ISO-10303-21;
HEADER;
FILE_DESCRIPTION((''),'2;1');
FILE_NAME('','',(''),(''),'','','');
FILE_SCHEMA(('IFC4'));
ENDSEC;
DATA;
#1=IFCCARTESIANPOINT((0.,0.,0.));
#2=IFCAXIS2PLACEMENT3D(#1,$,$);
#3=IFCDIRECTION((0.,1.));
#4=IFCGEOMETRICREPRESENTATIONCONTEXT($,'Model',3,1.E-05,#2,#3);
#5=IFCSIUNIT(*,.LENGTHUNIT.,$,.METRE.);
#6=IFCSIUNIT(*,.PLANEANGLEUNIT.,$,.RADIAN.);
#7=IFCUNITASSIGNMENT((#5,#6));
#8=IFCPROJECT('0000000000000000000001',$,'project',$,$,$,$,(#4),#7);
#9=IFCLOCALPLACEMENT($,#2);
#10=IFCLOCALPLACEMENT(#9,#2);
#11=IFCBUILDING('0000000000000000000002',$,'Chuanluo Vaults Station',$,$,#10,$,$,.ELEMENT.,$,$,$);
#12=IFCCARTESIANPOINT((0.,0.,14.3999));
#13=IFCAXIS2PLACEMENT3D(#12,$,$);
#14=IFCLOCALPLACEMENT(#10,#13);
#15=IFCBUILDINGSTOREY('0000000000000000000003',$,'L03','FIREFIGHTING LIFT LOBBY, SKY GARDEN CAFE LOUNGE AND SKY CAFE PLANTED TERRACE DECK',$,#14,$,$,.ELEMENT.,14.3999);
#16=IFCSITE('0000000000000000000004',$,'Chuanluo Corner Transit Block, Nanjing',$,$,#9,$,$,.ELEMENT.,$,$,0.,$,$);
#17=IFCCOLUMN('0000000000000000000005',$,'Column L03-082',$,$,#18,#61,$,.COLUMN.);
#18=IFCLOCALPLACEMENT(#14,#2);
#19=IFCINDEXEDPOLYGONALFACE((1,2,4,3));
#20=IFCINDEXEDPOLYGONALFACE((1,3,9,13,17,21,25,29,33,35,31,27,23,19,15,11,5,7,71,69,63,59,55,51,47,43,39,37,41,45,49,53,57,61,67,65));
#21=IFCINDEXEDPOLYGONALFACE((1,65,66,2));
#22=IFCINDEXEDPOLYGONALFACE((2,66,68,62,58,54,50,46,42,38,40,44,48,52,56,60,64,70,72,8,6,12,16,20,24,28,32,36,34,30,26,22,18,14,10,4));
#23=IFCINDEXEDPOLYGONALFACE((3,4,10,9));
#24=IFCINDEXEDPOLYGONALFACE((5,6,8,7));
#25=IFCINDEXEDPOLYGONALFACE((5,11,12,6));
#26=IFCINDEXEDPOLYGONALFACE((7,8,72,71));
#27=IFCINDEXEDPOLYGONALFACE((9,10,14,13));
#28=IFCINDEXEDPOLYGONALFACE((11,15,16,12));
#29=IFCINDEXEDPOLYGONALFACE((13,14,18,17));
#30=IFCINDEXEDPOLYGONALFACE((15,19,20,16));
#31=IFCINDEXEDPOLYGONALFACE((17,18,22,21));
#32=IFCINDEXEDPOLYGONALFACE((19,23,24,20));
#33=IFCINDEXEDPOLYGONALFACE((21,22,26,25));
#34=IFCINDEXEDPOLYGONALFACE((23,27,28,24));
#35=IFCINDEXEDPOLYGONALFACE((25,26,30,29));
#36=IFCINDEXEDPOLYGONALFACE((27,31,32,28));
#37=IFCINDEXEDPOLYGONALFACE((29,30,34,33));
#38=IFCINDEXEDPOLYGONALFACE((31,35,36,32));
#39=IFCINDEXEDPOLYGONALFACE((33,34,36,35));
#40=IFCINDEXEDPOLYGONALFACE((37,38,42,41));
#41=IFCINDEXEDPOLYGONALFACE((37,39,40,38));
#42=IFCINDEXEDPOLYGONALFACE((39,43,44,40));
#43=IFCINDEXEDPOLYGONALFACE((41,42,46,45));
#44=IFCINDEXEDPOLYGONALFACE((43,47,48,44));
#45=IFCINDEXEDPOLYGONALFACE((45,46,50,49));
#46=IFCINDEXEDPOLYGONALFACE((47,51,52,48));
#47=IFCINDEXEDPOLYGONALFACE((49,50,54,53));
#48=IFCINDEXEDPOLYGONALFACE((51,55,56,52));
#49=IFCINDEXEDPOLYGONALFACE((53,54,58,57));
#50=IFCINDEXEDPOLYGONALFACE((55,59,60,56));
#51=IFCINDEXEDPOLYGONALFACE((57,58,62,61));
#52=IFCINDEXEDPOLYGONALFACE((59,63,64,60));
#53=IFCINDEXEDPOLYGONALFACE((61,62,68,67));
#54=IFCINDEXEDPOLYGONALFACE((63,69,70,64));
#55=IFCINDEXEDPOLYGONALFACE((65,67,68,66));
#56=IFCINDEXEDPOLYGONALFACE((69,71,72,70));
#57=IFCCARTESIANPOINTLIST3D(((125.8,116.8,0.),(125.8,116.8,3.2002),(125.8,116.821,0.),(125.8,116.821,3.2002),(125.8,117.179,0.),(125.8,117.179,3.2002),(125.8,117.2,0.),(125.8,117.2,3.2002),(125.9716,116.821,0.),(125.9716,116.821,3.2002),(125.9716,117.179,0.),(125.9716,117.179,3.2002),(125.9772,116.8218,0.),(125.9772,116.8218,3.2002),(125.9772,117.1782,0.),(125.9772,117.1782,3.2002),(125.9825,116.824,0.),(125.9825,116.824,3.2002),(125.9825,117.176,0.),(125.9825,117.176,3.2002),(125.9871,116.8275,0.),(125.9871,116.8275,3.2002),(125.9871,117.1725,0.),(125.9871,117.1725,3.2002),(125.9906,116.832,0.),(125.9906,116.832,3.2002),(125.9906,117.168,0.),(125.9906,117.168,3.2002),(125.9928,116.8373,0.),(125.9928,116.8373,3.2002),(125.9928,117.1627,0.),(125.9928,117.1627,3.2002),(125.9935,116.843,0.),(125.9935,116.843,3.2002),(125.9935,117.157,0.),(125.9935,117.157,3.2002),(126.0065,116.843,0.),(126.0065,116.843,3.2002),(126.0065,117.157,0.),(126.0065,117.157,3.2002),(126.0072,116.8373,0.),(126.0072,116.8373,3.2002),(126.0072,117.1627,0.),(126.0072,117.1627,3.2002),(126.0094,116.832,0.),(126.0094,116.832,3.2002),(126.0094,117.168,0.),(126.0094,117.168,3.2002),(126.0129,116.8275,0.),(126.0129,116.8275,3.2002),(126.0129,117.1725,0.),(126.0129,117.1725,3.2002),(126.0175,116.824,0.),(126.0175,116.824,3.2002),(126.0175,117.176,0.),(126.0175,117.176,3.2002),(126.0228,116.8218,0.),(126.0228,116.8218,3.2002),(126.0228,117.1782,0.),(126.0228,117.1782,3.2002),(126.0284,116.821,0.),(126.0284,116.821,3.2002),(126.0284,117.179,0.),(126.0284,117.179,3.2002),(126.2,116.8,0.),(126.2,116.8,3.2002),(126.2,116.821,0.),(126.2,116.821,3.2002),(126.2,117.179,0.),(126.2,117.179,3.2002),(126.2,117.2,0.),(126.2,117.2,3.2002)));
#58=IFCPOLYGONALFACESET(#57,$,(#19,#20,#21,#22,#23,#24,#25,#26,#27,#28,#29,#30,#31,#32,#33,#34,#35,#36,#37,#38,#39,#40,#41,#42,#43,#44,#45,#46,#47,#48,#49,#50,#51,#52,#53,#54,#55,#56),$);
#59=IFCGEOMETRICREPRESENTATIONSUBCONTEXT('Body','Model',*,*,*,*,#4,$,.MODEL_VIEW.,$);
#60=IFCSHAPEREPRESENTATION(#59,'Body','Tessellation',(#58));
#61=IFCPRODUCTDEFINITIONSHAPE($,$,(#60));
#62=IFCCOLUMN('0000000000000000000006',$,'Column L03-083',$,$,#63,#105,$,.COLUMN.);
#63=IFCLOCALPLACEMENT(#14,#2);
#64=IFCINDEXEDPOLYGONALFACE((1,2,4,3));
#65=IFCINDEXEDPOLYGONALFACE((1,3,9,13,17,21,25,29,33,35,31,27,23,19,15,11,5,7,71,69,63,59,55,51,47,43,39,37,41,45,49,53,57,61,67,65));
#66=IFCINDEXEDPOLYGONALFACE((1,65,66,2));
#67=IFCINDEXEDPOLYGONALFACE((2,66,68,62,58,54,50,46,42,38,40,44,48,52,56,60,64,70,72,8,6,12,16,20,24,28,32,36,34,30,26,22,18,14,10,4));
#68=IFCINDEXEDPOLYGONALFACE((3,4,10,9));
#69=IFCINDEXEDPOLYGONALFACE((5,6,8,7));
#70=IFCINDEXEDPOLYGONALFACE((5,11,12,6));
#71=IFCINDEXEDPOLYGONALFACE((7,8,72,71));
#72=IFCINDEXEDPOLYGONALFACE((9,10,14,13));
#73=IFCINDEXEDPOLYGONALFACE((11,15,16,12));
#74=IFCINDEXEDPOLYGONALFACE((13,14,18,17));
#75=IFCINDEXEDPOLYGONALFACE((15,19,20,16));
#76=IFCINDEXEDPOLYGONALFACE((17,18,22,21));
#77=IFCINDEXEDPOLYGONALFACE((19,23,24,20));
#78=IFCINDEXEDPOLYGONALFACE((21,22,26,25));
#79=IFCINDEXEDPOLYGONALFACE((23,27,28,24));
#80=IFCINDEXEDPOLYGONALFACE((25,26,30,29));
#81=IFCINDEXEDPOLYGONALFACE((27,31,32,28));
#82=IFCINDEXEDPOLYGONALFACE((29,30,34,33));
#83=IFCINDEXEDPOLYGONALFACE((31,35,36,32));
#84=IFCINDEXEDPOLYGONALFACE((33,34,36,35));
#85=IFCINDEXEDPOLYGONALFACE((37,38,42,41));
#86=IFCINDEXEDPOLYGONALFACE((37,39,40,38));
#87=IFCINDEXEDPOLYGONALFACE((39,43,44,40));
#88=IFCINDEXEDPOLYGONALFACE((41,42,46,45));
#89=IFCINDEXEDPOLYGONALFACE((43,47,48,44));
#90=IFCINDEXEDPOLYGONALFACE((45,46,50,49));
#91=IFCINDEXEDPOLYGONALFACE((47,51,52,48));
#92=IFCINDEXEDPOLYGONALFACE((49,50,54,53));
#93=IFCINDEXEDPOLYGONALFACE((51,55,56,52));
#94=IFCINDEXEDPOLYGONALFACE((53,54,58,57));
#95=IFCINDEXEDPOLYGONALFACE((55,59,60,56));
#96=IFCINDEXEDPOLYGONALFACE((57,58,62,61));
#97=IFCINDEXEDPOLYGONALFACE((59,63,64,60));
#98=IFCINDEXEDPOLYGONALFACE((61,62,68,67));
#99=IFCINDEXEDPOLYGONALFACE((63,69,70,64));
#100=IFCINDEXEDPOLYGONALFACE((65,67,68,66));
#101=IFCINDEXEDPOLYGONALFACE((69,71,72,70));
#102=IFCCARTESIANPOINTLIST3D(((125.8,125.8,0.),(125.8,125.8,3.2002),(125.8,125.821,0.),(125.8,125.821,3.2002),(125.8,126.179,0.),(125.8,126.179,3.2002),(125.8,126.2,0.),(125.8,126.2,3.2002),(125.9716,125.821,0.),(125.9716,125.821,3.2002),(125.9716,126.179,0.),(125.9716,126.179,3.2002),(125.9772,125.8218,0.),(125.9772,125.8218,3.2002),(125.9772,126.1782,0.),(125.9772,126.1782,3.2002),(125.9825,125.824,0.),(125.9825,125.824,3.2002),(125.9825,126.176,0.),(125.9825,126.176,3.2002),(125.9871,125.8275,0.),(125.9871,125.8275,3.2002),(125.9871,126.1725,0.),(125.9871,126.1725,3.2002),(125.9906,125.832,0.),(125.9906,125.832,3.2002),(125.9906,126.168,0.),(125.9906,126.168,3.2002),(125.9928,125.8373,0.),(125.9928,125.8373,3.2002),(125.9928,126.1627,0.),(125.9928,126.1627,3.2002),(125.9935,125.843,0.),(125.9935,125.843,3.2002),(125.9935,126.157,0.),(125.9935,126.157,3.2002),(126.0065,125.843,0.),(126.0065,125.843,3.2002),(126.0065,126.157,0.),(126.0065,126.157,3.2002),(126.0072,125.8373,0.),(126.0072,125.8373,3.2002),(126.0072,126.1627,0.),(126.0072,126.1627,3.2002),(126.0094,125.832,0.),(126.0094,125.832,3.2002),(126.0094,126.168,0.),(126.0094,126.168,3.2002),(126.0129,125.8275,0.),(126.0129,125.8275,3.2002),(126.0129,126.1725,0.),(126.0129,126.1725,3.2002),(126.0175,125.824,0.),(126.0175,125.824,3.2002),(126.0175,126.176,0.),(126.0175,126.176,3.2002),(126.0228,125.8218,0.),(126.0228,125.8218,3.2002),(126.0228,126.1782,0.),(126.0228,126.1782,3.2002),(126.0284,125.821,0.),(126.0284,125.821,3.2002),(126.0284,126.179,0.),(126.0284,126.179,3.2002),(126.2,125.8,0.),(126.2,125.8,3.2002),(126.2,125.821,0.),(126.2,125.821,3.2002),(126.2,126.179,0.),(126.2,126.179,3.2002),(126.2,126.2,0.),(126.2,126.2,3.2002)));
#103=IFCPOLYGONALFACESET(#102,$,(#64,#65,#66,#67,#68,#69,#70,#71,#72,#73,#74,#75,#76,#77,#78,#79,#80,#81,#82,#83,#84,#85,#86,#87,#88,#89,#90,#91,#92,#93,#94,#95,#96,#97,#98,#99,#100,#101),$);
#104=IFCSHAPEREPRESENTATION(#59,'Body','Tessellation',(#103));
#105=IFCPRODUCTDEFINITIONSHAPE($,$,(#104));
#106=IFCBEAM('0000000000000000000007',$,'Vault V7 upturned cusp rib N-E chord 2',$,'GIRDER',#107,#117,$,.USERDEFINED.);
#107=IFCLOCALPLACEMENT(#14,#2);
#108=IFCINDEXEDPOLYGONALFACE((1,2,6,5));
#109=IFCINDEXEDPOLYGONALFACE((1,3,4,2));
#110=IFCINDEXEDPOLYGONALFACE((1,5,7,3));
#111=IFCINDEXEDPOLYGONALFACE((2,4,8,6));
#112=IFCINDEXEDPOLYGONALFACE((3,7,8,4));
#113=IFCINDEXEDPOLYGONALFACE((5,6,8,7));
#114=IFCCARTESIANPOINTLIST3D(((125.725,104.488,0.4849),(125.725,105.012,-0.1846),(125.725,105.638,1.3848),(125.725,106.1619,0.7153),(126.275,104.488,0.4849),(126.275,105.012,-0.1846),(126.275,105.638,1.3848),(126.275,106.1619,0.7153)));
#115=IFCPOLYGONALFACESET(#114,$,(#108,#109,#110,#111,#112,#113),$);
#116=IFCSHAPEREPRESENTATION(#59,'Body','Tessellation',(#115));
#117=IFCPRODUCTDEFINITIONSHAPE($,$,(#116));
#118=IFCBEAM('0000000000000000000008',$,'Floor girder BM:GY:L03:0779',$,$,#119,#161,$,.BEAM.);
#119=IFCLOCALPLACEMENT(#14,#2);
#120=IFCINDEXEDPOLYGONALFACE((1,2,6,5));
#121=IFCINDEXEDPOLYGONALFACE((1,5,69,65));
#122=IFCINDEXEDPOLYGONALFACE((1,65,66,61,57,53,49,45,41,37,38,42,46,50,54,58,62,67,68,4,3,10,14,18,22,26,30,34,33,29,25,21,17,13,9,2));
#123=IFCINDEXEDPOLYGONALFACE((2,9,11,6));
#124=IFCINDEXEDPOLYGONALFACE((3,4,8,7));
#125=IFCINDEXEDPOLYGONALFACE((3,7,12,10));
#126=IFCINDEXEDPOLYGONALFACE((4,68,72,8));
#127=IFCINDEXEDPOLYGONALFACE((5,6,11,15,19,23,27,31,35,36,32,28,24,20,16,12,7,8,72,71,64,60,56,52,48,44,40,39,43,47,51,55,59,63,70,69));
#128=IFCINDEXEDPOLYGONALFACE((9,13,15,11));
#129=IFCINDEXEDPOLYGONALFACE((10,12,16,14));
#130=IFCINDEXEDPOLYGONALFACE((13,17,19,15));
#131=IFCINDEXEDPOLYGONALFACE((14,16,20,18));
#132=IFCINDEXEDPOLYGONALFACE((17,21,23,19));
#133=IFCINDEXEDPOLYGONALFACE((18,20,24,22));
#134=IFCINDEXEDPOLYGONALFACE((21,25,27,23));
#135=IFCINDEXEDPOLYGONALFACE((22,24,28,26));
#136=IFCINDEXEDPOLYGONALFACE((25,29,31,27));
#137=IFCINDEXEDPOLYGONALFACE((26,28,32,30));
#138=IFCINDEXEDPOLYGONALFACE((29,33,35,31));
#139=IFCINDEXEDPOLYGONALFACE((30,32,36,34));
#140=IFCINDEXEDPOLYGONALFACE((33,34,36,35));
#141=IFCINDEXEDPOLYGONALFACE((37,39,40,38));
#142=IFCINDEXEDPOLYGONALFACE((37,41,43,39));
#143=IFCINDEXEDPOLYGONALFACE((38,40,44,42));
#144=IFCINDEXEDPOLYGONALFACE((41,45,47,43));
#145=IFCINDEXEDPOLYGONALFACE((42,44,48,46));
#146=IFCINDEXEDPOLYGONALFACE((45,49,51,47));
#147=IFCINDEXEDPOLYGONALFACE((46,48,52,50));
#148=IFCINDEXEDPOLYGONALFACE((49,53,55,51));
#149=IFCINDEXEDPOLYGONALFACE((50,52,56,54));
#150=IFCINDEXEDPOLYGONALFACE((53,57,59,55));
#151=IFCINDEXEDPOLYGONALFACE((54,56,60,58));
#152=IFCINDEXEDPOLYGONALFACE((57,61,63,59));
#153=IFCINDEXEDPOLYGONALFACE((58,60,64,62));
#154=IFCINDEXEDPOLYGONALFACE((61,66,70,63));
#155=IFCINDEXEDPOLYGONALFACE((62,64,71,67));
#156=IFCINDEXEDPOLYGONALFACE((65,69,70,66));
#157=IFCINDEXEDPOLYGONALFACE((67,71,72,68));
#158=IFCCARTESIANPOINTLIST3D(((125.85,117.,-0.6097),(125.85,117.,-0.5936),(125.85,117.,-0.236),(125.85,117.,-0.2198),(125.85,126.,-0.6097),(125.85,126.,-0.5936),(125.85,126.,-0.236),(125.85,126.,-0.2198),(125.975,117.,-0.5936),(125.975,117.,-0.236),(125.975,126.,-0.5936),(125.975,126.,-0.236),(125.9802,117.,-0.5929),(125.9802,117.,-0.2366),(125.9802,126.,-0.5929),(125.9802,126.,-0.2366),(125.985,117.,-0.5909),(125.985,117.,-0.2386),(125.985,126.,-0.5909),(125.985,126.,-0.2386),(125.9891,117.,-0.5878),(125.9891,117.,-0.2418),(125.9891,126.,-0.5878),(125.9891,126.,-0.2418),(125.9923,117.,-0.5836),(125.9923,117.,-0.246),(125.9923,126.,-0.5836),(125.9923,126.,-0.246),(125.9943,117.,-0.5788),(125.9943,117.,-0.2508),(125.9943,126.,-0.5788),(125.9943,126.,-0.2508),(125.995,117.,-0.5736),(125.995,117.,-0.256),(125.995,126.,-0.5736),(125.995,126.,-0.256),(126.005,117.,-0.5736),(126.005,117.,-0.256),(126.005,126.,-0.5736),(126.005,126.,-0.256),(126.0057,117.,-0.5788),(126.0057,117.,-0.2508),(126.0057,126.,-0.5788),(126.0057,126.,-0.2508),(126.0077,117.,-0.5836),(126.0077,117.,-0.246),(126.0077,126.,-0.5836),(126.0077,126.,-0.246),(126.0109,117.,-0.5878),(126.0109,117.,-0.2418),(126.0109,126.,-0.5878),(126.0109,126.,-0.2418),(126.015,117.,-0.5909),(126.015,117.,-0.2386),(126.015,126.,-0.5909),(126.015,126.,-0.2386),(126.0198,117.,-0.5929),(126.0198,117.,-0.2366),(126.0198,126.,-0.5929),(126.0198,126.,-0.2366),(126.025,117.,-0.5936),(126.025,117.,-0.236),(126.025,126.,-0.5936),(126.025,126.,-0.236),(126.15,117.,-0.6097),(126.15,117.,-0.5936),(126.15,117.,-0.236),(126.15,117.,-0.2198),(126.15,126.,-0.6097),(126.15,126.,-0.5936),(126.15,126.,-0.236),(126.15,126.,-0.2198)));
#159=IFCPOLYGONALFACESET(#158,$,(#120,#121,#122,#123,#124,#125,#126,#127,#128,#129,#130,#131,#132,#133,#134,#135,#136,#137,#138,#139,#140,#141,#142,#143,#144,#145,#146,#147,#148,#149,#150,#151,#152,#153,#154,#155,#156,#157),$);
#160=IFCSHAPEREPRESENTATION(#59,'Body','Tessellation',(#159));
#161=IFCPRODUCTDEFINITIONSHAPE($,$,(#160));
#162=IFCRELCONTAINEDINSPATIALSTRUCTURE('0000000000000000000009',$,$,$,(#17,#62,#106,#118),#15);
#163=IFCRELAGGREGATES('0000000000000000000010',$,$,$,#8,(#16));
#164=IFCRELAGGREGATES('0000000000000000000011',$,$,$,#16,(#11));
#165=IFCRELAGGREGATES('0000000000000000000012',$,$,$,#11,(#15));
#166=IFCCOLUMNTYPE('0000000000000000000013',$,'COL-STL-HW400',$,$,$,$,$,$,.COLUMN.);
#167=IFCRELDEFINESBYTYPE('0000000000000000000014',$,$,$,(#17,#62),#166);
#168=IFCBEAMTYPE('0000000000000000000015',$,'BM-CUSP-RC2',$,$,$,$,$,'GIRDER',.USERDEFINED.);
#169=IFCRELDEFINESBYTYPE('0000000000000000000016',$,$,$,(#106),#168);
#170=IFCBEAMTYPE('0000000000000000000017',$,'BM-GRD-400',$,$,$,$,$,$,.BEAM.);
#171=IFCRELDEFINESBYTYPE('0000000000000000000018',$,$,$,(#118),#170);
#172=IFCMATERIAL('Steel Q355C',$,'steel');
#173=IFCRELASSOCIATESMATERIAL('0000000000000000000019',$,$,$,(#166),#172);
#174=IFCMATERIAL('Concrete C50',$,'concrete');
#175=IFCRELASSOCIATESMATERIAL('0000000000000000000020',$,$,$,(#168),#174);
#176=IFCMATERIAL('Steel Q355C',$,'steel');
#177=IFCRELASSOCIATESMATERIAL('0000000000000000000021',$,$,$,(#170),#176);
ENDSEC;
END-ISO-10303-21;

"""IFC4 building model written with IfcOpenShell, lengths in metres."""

from ifc_helpers import new_model, si_unit, direction, frame, origin, origin_2d, place, context, subcontext, project, spatial, rectangle, i_section, extrude, material, material_profile, profile_set, type_object, element, save


model = new_model("IFC4")

# Units and contexts
model_context = context("Model", 3, precision=1e-05, world=origin(), true_north=direction((0.0, 1.0)))
body_context = subcontext(model_context, "Body", "Model", "MODEL_VIEW")
ifc_project = project(units=[si_unit("LENGTHUNIT", "METRE"), si_unit("PLANEANGLEUNIT", "RADIAN")], contexts=[model_context])

# Site, building, storey
site_placement = place(None, origin())
site = spatial("IfcSite", under=ifc_project, at=site_placement, Name="Chuanluo Corner Transit Block, Nanjing", CompositionType="ELEMENT", RefElevation=0.0)
building_placement = place(site_placement, origin())
building = spatial("IfcBuilding", under=site, at=building_placement, Name="Chuanluo Vaults Station", CompositionType="ELEMENT")
storey_placement = place(building_placement, frame((0.0, 0.0, 14.3999)))
storey = spatial("IfcBuildingStorey", under=building, at=storey_placement, Name="L03", Description="FIREFIGHTING LIFT LOBBY, SKY GARDEN CAFE LOUNGE AND SKY CAFE PLANTED TERRACE DECK", CompositionType="ELEMENT", Elevation=14.3999)

# Columns
ifc_material_1 = material(Name="Steel Q355C", Category="steel")
ifc_material_profile_1 = material_profile(ifc_material_1, i_section(OverallWidth=0.3999, OverallDepth=0.3999, WebThickness=0.0129, FlangeThickness=0.021, FilletRadius=0.022, at=origin_2d()))
ifc_profile_set_1 = profile_set([ifc_material_profile_1], Name="Steel Q355C")
column_type = type_object("IfcColumnType", Name="COL-STL-HW400", PredefinedType="COLUMN", material=ifc_profile_set_1)
for number, where, z_axis, x_axis, name in (
    (1, (126.0, 117.0, 0.0), (0.0, 0.0, 1.0), (1.0, 0.0, 0.0), "Column L03-082"),
    (2, (126.0, 126.0, 0.0), (0.0, 0.0, 1.0), (1.0, 0.0, 0.0), "Column L03-083"),
):
    element("IfcColumn", number, at=place(storey_placement, frame(where, z_axis=z_axis, x_axis=x_axis)), inside=storey, type_object=column_type, Name=name, PredefinedType="COLUMN", context=body_context, shape_type="SweptSolid", body=[
        extrude(i_section(OverallWidth=0.3999, OverallDepth=0.3999, WebThickness=0.0129, FlangeThickness=0.021, FilletRadius=0.022, at=origin_2d()), origin(), (0.0, 0.0, 1.0), 3.2002),
    ])

# Beams
ifc_material_2 = material(Name="Concrete C50", Category="concrete")
ifc_material_profile_2 = material_profile(ifc_material_2, rectangle(XDim=0.55, YDim=0.8501, at=origin_2d()))
ifc_profile_set_2 = profile_set([ifc_material_profile_2], Name="Concrete C50")
beam_type_1 = type_object("IfcBeamType", Name="BM-CUSP-RC2", ElementType="GIRDER", PredefinedType="USERDEFINED", material=ifc_profile_set_2)
beam_1_placement = place(storey_placement, frame((126.0, 104.75, 0.1501), z_axis=(0.0, 0.787512, 0.616299), x_axis=(-1.0, 0.0, 0.0)))
element("IfcBeam", 3, at=beam_1_placement, inside=storey, type_object=beam_type_1, Name="Vault V7 upturned cusp rib N-E chord 2", ObjectType="GIRDER", PredefinedType="USERDEFINED", context=body_context, shape_type="SweptSolid", body=[
    extrude(rectangle(XDim=0.55, YDim=0.8501, at=origin_2d()), origin(), (0.0, 0.0, 1.0), 1.4602),
])
ifc_material_3 = material(Name="Steel Q355C", Category="steel")
ifc_material_profile_3 = material_profile(ifc_material_3, i_section(OverallWidth=0.3, OverallDepth=0.3899, WebThickness=0.01, FlangeThickness=0.0161, FilletRadius=0.02, at=origin_2d()))
ifc_profile_set_3 = profile_set([ifc_material_profile_3], Name="Steel Q355C")
beam_type_2 = type_object("IfcBeamType", Name="BM-GRD-400", PredefinedType="BEAM", material=ifc_profile_set_3)
beam_2_placement = place(storey_placement, frame((126.0, 117.0, -0.4148), z_axis=(0.0, 1.0, 0.0), x_axis=(-1.0, 0.0, 0.0)))
element("IfcBeam", 4, at=beam_2_placement, inside=storey, type_object=beam_type_2, Name="Floor girder BM:GY:L03:0779", PredefinedType="BEAM", context=body_context, shape_type="SweptSolid", body=[
    extrude(i_section(OverallWidth=0.3, OverallDepth=0.3899, WebThickness=0.01, FlangeThickness=0.0161, FilletRadius=0.02, at=origin_2d()), origin(), (0.0, 0.0, 1.0), 9.0),
])

save(model, "model.ifc")
